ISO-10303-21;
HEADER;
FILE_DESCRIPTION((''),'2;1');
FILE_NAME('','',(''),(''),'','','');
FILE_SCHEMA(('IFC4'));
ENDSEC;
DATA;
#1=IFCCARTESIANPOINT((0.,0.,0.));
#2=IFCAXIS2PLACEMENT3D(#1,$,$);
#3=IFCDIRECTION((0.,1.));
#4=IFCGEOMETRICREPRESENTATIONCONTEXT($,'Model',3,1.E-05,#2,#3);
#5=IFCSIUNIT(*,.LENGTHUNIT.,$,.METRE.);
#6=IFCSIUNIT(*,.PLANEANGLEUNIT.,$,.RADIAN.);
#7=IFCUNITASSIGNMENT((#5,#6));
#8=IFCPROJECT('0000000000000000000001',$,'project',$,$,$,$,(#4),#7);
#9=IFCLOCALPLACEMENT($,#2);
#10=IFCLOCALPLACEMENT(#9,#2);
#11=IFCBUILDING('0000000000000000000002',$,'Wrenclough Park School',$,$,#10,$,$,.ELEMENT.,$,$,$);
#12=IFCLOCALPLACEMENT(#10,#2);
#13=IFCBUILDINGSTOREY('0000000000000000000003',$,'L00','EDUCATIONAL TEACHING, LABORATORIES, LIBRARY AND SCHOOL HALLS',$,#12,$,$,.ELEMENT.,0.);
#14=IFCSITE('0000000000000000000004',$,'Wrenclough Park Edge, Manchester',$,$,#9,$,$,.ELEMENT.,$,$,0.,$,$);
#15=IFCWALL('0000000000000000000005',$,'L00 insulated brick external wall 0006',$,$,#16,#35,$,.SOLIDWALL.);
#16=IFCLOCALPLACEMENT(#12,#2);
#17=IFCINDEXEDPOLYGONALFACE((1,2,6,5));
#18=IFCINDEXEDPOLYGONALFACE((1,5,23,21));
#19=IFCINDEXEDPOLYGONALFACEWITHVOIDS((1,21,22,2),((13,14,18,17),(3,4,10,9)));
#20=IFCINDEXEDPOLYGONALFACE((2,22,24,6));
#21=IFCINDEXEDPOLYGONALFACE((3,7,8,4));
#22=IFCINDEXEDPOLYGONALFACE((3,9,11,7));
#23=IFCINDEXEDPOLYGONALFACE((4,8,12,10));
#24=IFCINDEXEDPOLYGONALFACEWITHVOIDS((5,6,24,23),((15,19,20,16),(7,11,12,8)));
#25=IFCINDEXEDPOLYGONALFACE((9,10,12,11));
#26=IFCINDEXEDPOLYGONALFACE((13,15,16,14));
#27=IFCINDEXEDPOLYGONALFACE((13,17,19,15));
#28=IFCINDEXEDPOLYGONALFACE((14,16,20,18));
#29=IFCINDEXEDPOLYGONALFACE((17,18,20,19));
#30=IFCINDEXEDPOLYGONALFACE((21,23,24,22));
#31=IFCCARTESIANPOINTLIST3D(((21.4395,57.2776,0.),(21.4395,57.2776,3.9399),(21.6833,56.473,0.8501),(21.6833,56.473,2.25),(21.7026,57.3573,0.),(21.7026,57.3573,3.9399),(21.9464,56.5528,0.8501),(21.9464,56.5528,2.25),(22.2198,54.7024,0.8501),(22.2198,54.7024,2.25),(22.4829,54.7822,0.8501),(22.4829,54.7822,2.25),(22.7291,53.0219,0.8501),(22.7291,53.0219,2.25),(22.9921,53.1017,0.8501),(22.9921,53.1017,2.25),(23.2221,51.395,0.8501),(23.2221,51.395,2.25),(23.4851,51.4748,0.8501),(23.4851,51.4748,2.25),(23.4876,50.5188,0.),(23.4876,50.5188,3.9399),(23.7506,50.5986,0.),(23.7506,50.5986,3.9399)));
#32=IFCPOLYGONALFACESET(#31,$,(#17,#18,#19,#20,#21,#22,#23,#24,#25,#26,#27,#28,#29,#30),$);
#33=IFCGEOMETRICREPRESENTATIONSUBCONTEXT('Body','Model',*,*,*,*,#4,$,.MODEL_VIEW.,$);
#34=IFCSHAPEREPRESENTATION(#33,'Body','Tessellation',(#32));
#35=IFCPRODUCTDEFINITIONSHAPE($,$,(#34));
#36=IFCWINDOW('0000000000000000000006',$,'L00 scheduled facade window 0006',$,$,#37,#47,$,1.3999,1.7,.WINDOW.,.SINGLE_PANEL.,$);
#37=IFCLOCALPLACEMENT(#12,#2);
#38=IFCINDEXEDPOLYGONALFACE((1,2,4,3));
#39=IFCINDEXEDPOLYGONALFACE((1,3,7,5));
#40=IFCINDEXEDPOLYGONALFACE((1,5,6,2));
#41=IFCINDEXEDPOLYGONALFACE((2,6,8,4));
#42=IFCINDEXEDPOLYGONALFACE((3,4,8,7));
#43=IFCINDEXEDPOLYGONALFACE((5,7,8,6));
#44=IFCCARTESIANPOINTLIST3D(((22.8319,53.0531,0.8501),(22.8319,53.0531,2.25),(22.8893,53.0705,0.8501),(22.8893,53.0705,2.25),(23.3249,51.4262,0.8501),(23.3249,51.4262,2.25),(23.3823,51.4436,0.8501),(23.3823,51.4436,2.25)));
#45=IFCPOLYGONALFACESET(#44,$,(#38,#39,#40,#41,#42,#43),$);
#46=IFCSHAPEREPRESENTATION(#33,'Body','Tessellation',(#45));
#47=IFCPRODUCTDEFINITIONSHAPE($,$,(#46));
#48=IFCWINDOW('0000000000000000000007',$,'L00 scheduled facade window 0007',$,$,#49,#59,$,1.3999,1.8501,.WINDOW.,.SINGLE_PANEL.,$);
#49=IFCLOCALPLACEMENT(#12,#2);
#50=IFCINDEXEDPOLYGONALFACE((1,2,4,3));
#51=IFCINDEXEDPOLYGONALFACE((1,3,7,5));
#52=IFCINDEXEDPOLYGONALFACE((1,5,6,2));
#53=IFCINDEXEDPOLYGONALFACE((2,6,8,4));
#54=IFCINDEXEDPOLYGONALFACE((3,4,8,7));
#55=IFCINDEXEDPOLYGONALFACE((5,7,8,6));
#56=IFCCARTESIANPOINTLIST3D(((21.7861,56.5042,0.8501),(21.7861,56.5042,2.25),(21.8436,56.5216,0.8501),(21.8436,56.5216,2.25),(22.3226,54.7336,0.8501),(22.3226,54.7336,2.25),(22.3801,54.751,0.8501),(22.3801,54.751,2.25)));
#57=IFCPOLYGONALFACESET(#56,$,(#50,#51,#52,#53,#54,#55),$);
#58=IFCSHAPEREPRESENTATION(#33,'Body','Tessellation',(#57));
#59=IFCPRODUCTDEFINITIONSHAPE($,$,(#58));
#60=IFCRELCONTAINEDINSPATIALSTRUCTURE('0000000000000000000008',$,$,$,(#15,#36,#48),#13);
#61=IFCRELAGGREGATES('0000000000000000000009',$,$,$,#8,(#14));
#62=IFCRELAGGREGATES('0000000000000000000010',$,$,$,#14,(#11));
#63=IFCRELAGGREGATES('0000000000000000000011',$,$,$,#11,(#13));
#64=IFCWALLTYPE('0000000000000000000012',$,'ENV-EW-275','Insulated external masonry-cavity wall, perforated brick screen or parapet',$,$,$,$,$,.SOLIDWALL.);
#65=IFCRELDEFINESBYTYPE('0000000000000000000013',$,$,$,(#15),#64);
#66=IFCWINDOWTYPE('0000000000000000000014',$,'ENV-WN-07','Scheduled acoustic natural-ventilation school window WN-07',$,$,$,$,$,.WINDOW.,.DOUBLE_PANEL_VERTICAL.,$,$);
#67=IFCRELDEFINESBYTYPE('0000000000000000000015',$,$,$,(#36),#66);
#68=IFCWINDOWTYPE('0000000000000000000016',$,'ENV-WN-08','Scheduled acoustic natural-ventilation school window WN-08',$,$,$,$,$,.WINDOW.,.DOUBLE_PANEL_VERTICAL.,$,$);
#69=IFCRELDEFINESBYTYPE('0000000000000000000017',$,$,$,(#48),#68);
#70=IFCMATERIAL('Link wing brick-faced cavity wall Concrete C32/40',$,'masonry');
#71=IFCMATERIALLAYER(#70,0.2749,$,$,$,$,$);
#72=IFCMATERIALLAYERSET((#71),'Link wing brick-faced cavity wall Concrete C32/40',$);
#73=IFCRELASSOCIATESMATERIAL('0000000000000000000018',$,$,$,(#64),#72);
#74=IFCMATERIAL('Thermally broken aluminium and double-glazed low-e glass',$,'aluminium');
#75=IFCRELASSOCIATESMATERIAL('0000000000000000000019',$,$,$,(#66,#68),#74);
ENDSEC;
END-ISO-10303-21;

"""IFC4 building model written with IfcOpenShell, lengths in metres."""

from ifc_helpers import new_model, si_unit, direction, frame, frame_2d, origin, place, context, subcontext, project, spatial, rectangle, extrude, material, layer, layer_set, type_object, element, fill, save


model = new_model("IFC4")

# Units and contexts
model_context = context("Model", 3, precision=1e-05, world=origin(), true_north=direction((0.0, 1.0)))
body_context = subcontext(model_context, "Body", "Model", "MODEL_VIEW")
ifc_project = project(units=[si_unit("LENGTHUNIT", "METRE"), si_unit("PLANEANGLEUNIT", "RADIAN")], contexts=[model_context])

# Site, building, storey
site_placement = place(None, origin())
site = spatial("IfcSite", under=ifc_project, at=site_placement, Name="Wrenclough Park Edge, Manchester", CompositionType="ELEMENT", RefElevation=0.0)
building_placement = place(site_placement, origin())
building = spatial("IfcBuilding", under=site, at=building_placement, Name="Wrenclough Park School", CompositionType="ELEMENT")
storey_placement = place(building_placement, origin())
storey = spatial("IfcBuildingStorey", under=building, at=storey_placement, Name="L00", Description="EDUCATIONAL TEACHING, LABORATORIES, LIBRARY AND SCHOOL HALLS", CompositionType="ELEMENT", Elevation=0.0)

# Wall, openings, windows
ifc_material_1 = material(Name="Link wing brick-faced cavity wall Concrete C32/40", Category="masonry")
ifc_layer_1 = layer(ifc_material_1, 0.2749)
ifc_layer_set_1 = layer_set([ifc_layer_1], Name="Link wing brick-faced cavity wall Concrete C32/40")
wall_type = type_object("IfcWallType", Name="ENV-EW-275", Description="Insulated external masonry-cavity wall, perforated brick screen or parapet", PredefinedType="SOLIDWALL", material=ifc_layer_set_1)
wall_placement = place(storey_placement, frame((23.6191, 50.5586, 0.0), z_axis=(0.0, 0.0, 1.0), x_axis=(-0.290005, 0.957025, 0.0)))
wall = element("IfcWall", 1, at=wall_placement, inside=storey, type_object=wall_type, Name="L00 insulated brick external wall 0006", PredefinedType="SOLIDWALL", context=body_context, shape_type="SweptSolid", body=[
    extrude(rectangle(XDim=7.0623, YDim=0.2749, at=frame_2d((3.5312, 0.0))), origin(), (0.0, 0.0, 1.0), 3.9399),
])
opening_1_placement = place(wall_placement, frame((0.9155, 0.0, 0.8501)))
opening_1 = element("IfcOpeningElement", 2, at=opening_1_placement, cuts=wall, PredefinedType="OPENING", context=body_context, shape_type="SweptSolid", body=[
    extrude(rectangle(XDim=1.7, YDim=1.3999, at=frame_2d((0.8501, 0.7))), frame((0.0, 0.1475, 0.0), z_axis=(0.0, -1.0, 0.0), x_axis=(1.0, 0.0, 0.0)), (0.0, 0.0, 1.0), 0.2949),
])
opening_2_placement = place(wall_placement, frame((4.3716, 0.0, 0.8501)))
opening_2 = element("IfcOpeningElement", 3, at=opening_2_placement, cuts=wall, PredefinedType="OPENING", context=body_context, shape_type="SweptSolid", body=[
    extrude(rectangle(XDim=1.8501, YDim=1.3999, at=frame_2d((0.925, 0.7))), frame((0.0, 0.1475, 0.0), z_axis=(0.0, -1.0, 0.0), x_axis=(1.0, 0.0, 0.0)), (0.0, 0.0, 1.0), 0.2949),
])
ifc_material_2 = material(Name="Thermally broken aluminium and double-glazed low-e glass", Category="aluminium")
window_type_1 = type_object("IfcWindowType", Name="ENV-WN-07", Description="Scheduled acoustic natural-ventilation school window WN-07", PartitioningType="DOUBLE_PANEL_VERTICAL", PredefinedType="WINDOW", material=ifc_material_2)
window_1_placement = place(opening_1_placement, origin())
window_1 = element("IfcWindow", 4, at=window_1_placement, inside=storey, type_object=window_type_1, Name="L00 scheduled facade window 0006", OverallHeight=1.3999, OverallWidth=1.7, PartitioningType="SINGLE_PANEL", PredefinedType="WINDOW", context=body_context, shape_type="SweptSolid", body=[
    extrude(rectangle(XDim=1.7, YDim=1.3999, at=frame_2d((0.8501, 0.7))), frame((0.0, 0.03, 0.0), z_axis=(0.0, -1.0, 0.0), x_axis=(1.0, 0.0, 0.0)), (0.0, 0.0, 1.0), 0.0601),
])
fill(opening_1, window_1)
window_type_2 = type_object("IfcWindowType", Name="ENV-WN-08", Description="Scheduled acoustic natural-ventilation school window WN-08", PartitioningType="DOUBLE_PANEL_VERTICAL", PredefinedType="WINDOW", material=ifc_material_2)
window_2_placement = place(opening_2_placement, origin())
window_2 = element("IfcWindow", 5, at=window_2_placement, inside=storey, type_object=window_type_2, Name="L00 scheduled facade window 0007", OverallHeight=1.3999, OverallWidth=1.8501, PartitioningType="SINGLE_PANEL", PredefinedType="WINDOW", context=body_context, shape_type="SweptSolid", body=[
    extrude(rectangle(XDim=1.8501, YDim=1.3999, at=frame_2d((0.925, 0.7))), frame((0.0, 0.03, 0.0), z_axis=(0.0, -1.0, 0.0), x_axis=(1.0, 0.0, 0.0)), (0.0, 0.0, 1.0), 0.0601),
])
fill(opening_2, window_2)

save(model, "model.ifc")
